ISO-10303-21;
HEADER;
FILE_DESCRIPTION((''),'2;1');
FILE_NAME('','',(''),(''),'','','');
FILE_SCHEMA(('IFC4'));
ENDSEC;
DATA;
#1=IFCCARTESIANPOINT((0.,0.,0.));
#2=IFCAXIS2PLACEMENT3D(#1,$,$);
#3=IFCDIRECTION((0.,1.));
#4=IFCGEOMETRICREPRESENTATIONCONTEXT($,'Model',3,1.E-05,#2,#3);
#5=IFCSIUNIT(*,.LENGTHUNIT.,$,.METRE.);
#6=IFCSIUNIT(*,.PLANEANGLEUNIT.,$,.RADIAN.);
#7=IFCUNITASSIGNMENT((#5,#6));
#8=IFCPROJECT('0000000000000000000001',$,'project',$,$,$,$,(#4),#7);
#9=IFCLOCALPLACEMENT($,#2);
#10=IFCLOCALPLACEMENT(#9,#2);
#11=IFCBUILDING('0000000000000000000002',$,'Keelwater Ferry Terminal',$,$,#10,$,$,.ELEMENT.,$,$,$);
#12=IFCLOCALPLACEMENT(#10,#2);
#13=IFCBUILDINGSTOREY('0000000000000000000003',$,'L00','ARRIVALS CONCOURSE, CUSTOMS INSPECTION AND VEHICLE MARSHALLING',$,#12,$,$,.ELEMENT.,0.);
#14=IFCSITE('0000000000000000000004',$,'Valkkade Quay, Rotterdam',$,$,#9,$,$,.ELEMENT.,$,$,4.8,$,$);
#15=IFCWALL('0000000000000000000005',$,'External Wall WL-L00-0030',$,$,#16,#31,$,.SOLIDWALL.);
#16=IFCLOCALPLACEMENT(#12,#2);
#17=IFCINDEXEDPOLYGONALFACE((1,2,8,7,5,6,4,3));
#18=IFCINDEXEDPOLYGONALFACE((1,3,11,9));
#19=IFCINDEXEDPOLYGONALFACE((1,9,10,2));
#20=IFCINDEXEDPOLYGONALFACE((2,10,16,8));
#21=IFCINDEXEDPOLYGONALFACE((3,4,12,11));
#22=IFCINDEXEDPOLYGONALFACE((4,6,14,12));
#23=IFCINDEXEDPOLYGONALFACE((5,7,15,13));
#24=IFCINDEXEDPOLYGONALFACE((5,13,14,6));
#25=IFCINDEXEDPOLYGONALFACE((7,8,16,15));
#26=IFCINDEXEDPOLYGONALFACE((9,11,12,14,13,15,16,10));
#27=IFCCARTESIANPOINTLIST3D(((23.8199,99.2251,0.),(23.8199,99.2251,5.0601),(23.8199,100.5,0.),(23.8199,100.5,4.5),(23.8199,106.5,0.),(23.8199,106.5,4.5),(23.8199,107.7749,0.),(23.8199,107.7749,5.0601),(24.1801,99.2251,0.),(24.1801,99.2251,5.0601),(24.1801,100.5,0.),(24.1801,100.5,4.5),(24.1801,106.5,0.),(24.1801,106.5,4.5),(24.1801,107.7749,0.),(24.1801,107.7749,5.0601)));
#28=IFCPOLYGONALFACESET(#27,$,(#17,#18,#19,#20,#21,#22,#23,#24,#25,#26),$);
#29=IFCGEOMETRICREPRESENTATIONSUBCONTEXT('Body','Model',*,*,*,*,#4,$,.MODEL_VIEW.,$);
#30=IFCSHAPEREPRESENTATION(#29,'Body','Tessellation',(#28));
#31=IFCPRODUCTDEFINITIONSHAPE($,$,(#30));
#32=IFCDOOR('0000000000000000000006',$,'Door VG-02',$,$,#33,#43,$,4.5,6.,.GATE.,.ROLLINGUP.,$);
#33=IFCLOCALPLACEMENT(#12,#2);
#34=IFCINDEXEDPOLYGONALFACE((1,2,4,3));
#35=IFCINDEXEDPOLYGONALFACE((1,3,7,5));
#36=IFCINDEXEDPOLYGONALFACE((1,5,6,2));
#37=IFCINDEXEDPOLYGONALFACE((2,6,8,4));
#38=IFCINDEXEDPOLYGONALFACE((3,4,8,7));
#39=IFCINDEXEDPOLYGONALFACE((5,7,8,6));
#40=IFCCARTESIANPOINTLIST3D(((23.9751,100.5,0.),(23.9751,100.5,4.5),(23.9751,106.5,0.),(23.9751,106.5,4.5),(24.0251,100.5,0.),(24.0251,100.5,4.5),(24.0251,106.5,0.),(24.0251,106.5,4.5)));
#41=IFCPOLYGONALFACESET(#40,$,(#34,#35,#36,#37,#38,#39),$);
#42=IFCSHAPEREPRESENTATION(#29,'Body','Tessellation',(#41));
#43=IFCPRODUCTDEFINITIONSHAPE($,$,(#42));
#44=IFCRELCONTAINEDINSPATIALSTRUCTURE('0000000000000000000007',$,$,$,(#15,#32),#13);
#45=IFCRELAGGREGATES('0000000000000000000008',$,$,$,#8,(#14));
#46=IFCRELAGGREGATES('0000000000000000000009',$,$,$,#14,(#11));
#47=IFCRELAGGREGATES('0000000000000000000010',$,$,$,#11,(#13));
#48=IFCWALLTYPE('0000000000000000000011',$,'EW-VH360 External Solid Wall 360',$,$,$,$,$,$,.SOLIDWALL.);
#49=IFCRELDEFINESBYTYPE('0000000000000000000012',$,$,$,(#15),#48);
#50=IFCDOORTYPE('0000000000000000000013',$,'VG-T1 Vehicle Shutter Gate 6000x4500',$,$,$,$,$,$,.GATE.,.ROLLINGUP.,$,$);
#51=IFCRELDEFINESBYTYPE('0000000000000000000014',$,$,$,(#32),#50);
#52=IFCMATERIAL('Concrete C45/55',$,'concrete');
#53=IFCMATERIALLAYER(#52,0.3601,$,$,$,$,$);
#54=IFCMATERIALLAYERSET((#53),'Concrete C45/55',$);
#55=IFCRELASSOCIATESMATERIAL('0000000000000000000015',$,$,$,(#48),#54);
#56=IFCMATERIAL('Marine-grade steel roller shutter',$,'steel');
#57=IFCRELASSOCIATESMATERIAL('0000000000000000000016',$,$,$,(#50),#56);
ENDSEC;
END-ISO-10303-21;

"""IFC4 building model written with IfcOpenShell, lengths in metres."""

from ifc_helpers import new_model, si_unit, direction, frame, frame_2d, origin, place, context, subcontext, project, spatial, rectangle, extrude, material, layer, layer_set, type_object, element, fill, save


model = new_model("IFC4")

# Units and contexts
model_context = context("Model", 3, precision=1e-05, world=origin(), true_north=direction((0.0, 1.0)))
body_context = subcontext(model_context, "Body", "Model", "MODEL_VIEW")
ifc_project = project(units=[si_unit("LENGTHUNIT", "METRE"), si_unit("PLANEANGLEUNIT", "RADIAN")], contexts=[model_context])

# Site, building, storey
site_placement = place(None, origin())
site = spatial("IfcSite", under=ifc_project, at=site_placement, Name="Valkkade Quay, Rotterdam", CompositionType="ELEMENT", RefElevation=4.8)
building_placement = place(site_placement, origin())
building = spatial("IfcBuilding", under=site, at=building_placement, Name="Keelwater Ferry Terminal", CompositionType="ELEMENT")
storey_placement = place(building_placement, origin())
storey = spatial("IfcBuildingStorey", under=building, at=storey_placement, Name="L00", Description="ARRIVALS CONCOURSE, CUSTOMS INSPECTION AND VEHICLE MARSHALLING", CompositionType="ELEMENT", Elevation=0.0)

# Wall, opening, door
ifc_material_1 = material(Name="Concrete C45/55", Category="concrete")
ifc_layer = layer(ifc_material_1, 0.3601)
ifc_layer_set = layer_set([ifc_layer], Name="Concrete C45/55")
wall_type = type_object("IfcWallType", Name="EW-VH360 External Solid Wall 360", PredefinedType="SOLIDWALL", material=ifc_layer_set)
ifc_material_2 = material(Name="Marine-grade steel roller shutter", Category="steel")
door_type = type_object("IfcDoorType", Name="VG-T1 Vehicle Shutter Gate 6000x4500", OperationType="ROLLINGUP", PredefinedType="GATE", material=ifc_material_2)
wall_1_placement = place(storey_placement, frame((24.0, 99.2251, 0.0), z_axis=(0.0, 0.0, 1.0), x_axis=(0.0, 1.0, 0.0)))
wall_1 = element("IfcWall", 1, at=wall_1_placement, inside=storey, type_object=wall_type, Name="External Wall WL-L00-0030", PredefinedType="SOLIDWALL", context=body_context, shape_type="SweptSolid", body=[
    extrude(rectangle(XDim=8.5498, YDim=0.3601, at=frame_2d((4.2749, 0.0))), origin(), (0.0, 0.0, 1.0), 5.0601),
])
opening_1_placement = place(wall_1_placement, frame((1.2749, 0.0, 0.0)))
opening_1 = element("IfcOpeningElement", 2, at=opening_1_placement, cuts=wall_1, PredefinedType="OPENING", context=body_context, shape_type="SweptSolid", body=[
    extrude(rectangle(XDim=6.0, YDim=4.5, at=frame_2d((3.0, 2.25))), frame((0.0, 0.1902, 0.0), z_axis=(0.0, -1.0, 0.0), x_axis=(1.0, 0.0, 0.0)), (0.0, 0.0, 1.0), 0.3801),
])
door_1_placement = place(opening_1_placement, origin())
door_1 = element("IfcDoor", 3, at=door_1_placement, inside=storey, type_object=door_type, Name="Door VG-02", OperationType="ROLLINGUP", OverallHeight=4.5, OverallWidth=6.0, PredefinedType="GATE", context=body_context, shape_type="SweptSolid", body=[
    extrude(rectangle(XDim=6.0, YDim=4.5, at=frame_2d((3.0, 2.25))), frame((0.0, 0.0249, 0.0), z_axis=(0.0, -1.0, 0.0), x_axis=(1.0, 0.0, 0.0)), (0.0, 0.0, 1.0), 0.05),
])
fill(opening_1, door_1)

save(model, "model.ifc")
